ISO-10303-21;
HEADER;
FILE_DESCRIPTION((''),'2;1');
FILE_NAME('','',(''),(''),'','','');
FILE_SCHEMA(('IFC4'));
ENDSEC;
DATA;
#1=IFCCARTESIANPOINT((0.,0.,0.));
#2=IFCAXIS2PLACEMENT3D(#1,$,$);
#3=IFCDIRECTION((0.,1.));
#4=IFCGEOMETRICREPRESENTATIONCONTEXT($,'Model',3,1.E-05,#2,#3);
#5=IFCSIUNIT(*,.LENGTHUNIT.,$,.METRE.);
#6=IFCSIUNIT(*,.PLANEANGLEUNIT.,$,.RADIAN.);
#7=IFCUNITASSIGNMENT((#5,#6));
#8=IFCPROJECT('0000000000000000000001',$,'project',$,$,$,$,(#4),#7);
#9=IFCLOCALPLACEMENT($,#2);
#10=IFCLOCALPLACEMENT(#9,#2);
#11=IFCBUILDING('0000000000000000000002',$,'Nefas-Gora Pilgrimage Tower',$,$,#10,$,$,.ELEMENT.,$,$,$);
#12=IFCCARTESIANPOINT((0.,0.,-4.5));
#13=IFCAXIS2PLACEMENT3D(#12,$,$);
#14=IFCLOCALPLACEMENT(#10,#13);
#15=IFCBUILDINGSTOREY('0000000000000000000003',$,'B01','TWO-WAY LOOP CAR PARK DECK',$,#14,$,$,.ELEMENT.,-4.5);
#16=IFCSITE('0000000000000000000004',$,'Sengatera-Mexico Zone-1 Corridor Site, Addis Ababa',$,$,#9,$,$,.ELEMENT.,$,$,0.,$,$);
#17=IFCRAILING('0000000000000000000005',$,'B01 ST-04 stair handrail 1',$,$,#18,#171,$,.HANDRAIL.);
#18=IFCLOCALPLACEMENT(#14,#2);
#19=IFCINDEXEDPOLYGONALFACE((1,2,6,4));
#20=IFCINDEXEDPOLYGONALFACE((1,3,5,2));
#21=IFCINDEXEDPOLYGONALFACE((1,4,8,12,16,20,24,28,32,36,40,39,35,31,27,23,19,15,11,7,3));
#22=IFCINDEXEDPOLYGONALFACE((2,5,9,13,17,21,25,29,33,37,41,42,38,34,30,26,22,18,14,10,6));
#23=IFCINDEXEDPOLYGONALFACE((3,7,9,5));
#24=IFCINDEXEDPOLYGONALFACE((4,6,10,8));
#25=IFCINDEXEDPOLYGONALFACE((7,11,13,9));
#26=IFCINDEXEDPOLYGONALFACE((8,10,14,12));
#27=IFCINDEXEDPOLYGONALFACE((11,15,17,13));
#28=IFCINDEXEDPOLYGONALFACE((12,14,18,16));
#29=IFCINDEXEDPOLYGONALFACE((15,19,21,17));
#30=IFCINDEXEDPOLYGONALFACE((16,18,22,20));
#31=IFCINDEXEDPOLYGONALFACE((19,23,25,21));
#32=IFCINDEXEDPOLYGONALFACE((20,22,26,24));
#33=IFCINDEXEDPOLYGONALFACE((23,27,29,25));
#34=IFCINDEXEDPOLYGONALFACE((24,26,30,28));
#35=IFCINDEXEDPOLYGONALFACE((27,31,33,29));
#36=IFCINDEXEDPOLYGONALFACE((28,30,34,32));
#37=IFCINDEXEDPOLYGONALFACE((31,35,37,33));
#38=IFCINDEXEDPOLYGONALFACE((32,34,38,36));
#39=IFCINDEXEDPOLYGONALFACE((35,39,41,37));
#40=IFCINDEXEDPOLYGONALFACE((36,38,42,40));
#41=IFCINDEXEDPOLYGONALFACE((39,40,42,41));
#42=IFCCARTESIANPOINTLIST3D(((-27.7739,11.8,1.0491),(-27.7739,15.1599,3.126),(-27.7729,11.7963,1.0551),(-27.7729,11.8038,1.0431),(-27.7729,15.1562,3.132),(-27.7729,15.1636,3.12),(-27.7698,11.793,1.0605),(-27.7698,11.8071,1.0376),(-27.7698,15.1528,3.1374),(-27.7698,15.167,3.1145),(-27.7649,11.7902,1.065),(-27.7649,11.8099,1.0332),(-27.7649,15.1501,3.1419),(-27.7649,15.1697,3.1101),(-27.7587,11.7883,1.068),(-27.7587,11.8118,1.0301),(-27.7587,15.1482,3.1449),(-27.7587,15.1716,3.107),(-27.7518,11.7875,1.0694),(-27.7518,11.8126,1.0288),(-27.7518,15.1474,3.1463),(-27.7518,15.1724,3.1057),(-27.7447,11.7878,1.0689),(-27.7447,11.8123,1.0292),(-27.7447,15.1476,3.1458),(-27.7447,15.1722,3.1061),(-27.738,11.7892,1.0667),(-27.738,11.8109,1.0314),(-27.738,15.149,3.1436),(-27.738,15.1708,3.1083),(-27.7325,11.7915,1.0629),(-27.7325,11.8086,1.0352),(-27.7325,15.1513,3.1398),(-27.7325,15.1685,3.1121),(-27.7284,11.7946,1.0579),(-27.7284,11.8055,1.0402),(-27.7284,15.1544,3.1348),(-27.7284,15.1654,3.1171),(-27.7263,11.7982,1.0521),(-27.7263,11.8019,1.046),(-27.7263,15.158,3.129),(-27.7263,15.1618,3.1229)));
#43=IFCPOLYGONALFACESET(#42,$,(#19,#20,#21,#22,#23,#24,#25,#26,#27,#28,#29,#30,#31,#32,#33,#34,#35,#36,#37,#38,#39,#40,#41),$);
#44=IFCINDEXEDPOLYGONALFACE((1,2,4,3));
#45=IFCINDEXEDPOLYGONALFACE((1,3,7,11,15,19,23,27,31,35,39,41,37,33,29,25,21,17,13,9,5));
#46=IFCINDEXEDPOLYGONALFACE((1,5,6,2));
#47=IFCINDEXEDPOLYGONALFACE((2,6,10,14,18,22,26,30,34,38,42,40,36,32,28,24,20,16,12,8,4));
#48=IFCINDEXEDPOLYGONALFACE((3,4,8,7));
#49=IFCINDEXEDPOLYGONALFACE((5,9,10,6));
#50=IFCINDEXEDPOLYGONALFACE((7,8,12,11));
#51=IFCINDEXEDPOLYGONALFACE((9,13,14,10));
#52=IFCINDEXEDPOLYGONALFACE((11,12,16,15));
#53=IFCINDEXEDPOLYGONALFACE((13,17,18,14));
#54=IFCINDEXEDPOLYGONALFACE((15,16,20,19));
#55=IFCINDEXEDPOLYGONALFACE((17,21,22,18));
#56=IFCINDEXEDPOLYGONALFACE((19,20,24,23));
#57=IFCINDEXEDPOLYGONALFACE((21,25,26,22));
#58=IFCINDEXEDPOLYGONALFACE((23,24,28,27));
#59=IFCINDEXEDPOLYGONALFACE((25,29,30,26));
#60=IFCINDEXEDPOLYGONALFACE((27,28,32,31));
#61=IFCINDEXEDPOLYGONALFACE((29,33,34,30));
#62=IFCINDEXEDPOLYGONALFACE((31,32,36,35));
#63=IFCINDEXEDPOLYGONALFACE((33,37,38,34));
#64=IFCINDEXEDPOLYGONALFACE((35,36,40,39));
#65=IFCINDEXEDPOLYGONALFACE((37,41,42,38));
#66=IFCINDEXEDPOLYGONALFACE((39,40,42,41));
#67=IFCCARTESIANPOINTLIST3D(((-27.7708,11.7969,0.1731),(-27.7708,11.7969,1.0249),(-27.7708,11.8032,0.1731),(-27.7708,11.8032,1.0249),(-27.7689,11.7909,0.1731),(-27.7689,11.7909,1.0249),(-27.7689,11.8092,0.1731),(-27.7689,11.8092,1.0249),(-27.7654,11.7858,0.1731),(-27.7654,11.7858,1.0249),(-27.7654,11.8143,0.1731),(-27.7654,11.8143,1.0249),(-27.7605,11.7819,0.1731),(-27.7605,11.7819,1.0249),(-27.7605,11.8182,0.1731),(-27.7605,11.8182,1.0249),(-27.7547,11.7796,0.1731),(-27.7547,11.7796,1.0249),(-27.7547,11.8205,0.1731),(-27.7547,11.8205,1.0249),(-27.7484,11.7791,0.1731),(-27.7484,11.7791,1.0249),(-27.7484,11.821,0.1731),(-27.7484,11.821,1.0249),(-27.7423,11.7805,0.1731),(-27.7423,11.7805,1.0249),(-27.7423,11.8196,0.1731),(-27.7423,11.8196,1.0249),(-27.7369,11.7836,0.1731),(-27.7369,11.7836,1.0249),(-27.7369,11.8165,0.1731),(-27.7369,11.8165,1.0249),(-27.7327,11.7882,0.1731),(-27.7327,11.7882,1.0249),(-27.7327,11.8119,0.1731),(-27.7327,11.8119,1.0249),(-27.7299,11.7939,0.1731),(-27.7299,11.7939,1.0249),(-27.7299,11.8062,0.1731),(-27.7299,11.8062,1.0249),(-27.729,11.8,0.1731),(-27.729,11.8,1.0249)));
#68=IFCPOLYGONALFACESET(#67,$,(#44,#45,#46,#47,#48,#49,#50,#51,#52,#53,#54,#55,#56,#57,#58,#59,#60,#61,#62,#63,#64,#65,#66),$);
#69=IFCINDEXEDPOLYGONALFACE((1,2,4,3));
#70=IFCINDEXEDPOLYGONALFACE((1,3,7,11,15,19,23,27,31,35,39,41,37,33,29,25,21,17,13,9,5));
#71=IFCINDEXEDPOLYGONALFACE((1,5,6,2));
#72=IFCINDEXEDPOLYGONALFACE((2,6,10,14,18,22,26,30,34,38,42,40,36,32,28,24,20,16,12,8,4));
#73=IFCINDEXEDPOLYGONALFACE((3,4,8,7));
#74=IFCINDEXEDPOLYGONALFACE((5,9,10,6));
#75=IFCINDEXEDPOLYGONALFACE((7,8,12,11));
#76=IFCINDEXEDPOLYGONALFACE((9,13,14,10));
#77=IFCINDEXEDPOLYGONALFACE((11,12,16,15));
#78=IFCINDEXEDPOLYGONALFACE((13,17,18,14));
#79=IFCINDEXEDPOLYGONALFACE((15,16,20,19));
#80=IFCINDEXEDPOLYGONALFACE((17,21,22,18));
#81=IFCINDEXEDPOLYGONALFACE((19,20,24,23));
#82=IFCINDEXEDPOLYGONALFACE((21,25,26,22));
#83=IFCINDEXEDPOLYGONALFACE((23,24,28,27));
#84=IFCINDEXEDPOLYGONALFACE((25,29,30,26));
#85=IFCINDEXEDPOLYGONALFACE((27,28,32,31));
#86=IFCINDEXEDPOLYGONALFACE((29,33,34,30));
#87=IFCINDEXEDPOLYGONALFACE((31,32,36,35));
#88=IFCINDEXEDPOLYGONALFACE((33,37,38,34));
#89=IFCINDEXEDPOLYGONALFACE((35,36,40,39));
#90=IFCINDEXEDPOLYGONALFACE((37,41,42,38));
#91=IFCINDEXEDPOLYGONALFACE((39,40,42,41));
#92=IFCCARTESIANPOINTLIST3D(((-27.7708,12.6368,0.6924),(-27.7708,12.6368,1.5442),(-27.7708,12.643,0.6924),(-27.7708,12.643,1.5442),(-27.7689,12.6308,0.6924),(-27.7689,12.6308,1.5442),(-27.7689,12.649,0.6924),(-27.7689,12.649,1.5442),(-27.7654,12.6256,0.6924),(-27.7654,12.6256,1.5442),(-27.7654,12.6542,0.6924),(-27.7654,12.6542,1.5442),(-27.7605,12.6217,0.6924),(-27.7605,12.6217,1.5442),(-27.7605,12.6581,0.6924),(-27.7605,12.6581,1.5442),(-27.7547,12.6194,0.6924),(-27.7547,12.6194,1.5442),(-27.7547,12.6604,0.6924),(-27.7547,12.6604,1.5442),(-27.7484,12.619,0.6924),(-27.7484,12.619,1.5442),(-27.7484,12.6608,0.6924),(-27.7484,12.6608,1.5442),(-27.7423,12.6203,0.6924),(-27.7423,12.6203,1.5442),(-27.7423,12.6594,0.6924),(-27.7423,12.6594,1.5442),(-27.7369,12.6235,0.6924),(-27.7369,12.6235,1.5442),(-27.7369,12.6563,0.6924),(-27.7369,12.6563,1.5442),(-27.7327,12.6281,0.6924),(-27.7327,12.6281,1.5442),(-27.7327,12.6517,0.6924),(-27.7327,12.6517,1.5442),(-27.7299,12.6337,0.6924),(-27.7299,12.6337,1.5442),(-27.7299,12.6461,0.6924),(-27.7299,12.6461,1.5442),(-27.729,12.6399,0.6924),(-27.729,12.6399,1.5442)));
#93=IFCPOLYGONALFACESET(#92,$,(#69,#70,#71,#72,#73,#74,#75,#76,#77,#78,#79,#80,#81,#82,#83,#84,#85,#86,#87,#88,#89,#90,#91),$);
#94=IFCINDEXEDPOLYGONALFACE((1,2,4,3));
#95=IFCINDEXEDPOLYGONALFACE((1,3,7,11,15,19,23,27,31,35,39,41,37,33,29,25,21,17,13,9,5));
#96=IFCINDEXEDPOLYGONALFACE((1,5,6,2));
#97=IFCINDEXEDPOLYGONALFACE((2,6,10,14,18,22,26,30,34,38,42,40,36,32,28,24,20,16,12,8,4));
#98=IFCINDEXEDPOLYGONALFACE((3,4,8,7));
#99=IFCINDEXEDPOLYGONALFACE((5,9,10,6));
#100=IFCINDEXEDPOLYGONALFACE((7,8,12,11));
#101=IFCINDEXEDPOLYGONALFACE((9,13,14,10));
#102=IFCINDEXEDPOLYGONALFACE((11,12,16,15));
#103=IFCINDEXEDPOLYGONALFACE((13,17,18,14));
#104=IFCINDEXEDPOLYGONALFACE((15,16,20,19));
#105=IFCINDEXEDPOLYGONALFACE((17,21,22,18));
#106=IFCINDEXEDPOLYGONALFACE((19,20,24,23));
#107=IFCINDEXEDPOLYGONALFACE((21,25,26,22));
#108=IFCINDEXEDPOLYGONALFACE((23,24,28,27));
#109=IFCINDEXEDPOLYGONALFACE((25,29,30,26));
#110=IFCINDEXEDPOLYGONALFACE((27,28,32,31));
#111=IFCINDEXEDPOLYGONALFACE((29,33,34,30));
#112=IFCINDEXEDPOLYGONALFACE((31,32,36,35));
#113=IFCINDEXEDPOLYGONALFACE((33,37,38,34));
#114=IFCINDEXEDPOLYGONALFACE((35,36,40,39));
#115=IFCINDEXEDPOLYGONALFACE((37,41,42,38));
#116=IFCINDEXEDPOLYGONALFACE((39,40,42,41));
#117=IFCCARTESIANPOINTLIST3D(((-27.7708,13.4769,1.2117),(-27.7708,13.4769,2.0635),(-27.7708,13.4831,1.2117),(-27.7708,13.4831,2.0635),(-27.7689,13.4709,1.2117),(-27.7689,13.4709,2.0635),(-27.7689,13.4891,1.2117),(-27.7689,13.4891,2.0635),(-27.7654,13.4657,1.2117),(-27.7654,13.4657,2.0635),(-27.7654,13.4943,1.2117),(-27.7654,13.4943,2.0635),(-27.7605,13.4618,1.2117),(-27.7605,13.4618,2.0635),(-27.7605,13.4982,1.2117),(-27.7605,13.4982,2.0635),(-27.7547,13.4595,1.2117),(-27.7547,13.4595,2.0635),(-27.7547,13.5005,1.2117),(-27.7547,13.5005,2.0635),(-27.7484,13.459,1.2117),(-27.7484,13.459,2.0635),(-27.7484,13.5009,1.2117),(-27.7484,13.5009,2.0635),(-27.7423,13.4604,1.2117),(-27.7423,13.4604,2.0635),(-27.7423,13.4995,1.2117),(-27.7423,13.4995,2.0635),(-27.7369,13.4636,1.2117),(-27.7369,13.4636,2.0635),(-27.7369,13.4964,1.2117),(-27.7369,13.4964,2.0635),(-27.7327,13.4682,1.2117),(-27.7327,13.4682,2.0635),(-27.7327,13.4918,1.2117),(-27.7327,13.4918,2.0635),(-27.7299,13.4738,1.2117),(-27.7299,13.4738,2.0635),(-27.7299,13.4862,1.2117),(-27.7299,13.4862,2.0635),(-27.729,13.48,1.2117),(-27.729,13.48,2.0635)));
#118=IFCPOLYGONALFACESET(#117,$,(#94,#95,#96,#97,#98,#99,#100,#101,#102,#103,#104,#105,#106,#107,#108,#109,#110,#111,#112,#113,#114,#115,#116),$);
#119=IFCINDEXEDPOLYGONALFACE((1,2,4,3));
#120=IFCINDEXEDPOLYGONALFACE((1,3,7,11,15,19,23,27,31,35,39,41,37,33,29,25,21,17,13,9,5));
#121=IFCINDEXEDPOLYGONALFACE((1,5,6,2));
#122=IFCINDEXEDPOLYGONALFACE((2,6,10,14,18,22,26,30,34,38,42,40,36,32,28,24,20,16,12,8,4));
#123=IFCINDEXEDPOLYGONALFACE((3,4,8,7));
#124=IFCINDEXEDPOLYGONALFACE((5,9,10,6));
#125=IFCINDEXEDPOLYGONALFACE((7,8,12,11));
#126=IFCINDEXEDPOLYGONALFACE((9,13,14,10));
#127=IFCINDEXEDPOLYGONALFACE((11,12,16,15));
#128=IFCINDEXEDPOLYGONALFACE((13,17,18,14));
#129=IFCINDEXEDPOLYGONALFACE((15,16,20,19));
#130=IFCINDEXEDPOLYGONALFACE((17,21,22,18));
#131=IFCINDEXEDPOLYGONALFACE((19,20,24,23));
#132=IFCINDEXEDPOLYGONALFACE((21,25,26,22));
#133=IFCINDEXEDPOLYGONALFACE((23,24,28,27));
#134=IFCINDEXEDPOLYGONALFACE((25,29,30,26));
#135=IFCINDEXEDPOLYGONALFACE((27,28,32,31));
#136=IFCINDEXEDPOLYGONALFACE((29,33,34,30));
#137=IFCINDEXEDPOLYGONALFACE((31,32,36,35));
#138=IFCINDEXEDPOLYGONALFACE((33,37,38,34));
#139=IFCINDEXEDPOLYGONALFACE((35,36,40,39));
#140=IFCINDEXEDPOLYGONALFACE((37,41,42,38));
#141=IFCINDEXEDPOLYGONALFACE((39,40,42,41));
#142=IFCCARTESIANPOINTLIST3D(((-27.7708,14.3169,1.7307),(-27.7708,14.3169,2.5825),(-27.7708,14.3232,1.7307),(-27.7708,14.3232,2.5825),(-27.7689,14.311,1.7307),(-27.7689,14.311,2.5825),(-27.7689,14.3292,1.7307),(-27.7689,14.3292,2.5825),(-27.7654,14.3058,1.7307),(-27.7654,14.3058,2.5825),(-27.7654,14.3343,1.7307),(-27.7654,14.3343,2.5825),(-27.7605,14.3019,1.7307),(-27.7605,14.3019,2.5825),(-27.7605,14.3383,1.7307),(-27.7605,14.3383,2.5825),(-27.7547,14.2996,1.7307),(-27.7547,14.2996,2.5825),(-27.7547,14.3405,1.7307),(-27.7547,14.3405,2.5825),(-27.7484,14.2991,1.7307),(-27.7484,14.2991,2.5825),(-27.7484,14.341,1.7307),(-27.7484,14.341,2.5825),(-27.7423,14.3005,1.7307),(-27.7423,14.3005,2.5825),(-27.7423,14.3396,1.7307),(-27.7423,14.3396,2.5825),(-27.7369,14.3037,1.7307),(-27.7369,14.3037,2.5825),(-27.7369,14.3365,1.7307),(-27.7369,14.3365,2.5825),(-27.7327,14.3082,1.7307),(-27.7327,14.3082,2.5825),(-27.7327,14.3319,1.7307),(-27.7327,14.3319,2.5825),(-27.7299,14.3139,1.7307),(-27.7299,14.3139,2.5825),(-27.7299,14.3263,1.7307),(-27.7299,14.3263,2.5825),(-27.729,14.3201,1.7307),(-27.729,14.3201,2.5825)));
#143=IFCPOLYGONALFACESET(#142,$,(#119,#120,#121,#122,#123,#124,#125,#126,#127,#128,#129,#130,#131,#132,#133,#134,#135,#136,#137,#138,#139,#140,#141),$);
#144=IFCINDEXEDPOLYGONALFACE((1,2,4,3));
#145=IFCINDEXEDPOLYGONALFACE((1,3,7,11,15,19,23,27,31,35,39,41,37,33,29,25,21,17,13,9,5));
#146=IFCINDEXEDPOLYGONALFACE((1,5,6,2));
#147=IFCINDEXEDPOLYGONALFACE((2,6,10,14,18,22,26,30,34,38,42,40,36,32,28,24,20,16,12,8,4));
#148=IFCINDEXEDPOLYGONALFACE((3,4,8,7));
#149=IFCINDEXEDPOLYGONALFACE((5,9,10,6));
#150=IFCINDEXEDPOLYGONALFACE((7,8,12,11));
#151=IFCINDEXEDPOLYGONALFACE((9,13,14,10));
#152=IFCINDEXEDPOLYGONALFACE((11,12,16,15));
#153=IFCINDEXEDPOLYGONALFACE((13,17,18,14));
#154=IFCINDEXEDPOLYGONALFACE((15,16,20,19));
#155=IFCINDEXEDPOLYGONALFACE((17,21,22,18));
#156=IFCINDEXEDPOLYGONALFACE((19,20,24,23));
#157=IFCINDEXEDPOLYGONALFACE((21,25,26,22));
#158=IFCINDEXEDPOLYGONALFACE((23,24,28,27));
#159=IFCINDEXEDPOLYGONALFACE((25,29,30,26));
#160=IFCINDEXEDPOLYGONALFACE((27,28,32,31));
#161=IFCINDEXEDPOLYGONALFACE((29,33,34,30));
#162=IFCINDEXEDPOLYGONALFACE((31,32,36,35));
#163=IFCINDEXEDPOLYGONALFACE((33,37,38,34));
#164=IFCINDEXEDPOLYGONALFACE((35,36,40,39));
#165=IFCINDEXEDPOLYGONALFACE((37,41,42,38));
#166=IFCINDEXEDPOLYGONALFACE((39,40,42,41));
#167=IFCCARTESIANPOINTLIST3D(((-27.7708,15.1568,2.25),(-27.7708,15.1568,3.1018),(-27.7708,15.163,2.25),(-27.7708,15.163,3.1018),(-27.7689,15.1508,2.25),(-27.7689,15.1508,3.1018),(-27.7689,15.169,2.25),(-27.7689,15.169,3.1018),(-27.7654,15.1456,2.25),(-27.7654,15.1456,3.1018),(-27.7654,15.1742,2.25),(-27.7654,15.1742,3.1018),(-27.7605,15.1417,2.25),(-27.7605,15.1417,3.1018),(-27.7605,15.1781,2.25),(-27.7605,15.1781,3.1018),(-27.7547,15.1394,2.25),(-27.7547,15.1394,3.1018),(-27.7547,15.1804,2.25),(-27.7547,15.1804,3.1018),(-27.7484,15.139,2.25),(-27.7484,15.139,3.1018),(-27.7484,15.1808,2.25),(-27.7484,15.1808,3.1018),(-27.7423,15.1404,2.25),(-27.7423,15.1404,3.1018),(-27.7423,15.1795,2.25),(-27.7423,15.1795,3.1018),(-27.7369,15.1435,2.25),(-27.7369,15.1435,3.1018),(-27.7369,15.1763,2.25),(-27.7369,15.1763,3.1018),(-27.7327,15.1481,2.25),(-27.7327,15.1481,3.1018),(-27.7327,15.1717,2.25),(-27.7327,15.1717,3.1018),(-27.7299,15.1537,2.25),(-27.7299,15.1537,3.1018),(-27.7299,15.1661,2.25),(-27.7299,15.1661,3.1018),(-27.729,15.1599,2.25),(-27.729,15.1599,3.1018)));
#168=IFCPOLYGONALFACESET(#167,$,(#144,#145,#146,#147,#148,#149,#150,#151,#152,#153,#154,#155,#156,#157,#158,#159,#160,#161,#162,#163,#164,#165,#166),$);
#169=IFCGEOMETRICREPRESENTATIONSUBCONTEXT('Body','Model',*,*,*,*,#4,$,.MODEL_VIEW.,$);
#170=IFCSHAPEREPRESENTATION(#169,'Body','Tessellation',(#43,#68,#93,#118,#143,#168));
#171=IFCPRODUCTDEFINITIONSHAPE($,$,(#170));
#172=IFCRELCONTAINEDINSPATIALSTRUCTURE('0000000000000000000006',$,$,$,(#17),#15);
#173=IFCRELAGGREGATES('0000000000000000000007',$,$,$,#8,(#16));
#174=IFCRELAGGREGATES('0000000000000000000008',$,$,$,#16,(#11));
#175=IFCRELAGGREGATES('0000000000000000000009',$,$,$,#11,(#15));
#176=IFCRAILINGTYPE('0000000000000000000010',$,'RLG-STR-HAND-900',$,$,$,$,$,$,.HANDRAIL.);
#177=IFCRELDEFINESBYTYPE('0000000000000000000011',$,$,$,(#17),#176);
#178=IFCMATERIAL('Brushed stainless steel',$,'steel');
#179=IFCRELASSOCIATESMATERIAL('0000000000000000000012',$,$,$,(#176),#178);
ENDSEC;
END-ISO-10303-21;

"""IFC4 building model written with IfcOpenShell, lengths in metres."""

from ifc_helpers import new_model, si_unit, direction, frame, origin, origin_2d, place, context, subcontext, project, spatial, circle, extrude, material, type_object, element, save


model = new_model("IFC4")

# Units and contexts
model_context = context("Model", 3, precision=1e-05, world=origin(), true_north=direction((0.0, 1.0)))
body_context = subcontext(model_context, "Body", "Model", "MODEL_VIEW")
ifc_project = project(units=[si_unit("LENGTHUNIT", "METRE"), si_unit("PLANEANGLEUNIT", "RADIAN")], contexts=[model_context])

# Site, building, storey
site_placement = place(None, origin())
site = spatial("IfcSite", under=ifc_project, at=site_placement, Name="Sengatera-Mexico Zone-1 Corridor Site, Addis Ababa", CompositionType="ELEMENT", RefElevation=0.0)
building_placement = place(site_placement, origin())
building = spatial("IfcBuilding", under=site, at=building_placement, Name="Nefas-Gora Pilgrimage Tower", CompositionType="ELEMENT")
storey_placement = place(building_placement, frame((0.0, 0.0, -4.5)))
storey = spatial("IfcBuildingStorey", under=building, at=storey_placement, Name="B01", Description="TWO-WAY LOOP CAR PARK DECK", CompositionType="ELEMENT", Elevation=-4.5)

# Railing
ifc_material_1 = material(Name="Brushed stainless steel", Category="steel")
railing_type_1 = type_object("IfcRailingType", Name="RLG-STR-HAND-900", PredefinedType="HANDRAIL", material=ifc_material_1)
railing_1_placement = place(storey_placement, frame((-27.75, 11.8, 0.1731)))
element("IfcRailing", 1, at=railing_1_placement, inside=storey, type_object=railing_type_1, Name="B01 ST-04 stair handrail 1", PredefinedType="HANDRAIL", context=body_context, shape_type="SweptSolid", body=[
    extrude(circle(Radius=0.0239, at=origin_2d()), frame((0.0, 0.0, 0.876), z_axis=(0.0, 0.850606, 0.525803), x_axis=(-1.0, 0.0, 0.0)), (0.0, 0.0, 1.0), 3.95),
    extrude(circle(Radius=0.021, at=origin_2d()), origin(), (0.0, 0.0, 1.0), 0.8518),
    extrude(circle(Radius=0.021, at=origin_2d()), frame((0.0, 0.8398, 0.5193)), (0.0, 0.0, 1.0), 0.8518),
    extrude(circle(Radius=0.021, at=origin_2d()), frame((0.0, 1.6799, 1.0386)), (0.0, 0.0, 1.0), 0.8518),
    extrude(circle(Radius=0.021, at=origin_2d()), frame((0.0, 2.52, 1.5576)), (0.0, 0.0, 1.0), 0.8518),
    extrude(circle(Radius=0.021, at=origin_2d()), frame((0.0, 3.3599, 2.0769)), (0.0, 0.0, 1.0), 0.8518),
])

save(model, "model.ifc")
